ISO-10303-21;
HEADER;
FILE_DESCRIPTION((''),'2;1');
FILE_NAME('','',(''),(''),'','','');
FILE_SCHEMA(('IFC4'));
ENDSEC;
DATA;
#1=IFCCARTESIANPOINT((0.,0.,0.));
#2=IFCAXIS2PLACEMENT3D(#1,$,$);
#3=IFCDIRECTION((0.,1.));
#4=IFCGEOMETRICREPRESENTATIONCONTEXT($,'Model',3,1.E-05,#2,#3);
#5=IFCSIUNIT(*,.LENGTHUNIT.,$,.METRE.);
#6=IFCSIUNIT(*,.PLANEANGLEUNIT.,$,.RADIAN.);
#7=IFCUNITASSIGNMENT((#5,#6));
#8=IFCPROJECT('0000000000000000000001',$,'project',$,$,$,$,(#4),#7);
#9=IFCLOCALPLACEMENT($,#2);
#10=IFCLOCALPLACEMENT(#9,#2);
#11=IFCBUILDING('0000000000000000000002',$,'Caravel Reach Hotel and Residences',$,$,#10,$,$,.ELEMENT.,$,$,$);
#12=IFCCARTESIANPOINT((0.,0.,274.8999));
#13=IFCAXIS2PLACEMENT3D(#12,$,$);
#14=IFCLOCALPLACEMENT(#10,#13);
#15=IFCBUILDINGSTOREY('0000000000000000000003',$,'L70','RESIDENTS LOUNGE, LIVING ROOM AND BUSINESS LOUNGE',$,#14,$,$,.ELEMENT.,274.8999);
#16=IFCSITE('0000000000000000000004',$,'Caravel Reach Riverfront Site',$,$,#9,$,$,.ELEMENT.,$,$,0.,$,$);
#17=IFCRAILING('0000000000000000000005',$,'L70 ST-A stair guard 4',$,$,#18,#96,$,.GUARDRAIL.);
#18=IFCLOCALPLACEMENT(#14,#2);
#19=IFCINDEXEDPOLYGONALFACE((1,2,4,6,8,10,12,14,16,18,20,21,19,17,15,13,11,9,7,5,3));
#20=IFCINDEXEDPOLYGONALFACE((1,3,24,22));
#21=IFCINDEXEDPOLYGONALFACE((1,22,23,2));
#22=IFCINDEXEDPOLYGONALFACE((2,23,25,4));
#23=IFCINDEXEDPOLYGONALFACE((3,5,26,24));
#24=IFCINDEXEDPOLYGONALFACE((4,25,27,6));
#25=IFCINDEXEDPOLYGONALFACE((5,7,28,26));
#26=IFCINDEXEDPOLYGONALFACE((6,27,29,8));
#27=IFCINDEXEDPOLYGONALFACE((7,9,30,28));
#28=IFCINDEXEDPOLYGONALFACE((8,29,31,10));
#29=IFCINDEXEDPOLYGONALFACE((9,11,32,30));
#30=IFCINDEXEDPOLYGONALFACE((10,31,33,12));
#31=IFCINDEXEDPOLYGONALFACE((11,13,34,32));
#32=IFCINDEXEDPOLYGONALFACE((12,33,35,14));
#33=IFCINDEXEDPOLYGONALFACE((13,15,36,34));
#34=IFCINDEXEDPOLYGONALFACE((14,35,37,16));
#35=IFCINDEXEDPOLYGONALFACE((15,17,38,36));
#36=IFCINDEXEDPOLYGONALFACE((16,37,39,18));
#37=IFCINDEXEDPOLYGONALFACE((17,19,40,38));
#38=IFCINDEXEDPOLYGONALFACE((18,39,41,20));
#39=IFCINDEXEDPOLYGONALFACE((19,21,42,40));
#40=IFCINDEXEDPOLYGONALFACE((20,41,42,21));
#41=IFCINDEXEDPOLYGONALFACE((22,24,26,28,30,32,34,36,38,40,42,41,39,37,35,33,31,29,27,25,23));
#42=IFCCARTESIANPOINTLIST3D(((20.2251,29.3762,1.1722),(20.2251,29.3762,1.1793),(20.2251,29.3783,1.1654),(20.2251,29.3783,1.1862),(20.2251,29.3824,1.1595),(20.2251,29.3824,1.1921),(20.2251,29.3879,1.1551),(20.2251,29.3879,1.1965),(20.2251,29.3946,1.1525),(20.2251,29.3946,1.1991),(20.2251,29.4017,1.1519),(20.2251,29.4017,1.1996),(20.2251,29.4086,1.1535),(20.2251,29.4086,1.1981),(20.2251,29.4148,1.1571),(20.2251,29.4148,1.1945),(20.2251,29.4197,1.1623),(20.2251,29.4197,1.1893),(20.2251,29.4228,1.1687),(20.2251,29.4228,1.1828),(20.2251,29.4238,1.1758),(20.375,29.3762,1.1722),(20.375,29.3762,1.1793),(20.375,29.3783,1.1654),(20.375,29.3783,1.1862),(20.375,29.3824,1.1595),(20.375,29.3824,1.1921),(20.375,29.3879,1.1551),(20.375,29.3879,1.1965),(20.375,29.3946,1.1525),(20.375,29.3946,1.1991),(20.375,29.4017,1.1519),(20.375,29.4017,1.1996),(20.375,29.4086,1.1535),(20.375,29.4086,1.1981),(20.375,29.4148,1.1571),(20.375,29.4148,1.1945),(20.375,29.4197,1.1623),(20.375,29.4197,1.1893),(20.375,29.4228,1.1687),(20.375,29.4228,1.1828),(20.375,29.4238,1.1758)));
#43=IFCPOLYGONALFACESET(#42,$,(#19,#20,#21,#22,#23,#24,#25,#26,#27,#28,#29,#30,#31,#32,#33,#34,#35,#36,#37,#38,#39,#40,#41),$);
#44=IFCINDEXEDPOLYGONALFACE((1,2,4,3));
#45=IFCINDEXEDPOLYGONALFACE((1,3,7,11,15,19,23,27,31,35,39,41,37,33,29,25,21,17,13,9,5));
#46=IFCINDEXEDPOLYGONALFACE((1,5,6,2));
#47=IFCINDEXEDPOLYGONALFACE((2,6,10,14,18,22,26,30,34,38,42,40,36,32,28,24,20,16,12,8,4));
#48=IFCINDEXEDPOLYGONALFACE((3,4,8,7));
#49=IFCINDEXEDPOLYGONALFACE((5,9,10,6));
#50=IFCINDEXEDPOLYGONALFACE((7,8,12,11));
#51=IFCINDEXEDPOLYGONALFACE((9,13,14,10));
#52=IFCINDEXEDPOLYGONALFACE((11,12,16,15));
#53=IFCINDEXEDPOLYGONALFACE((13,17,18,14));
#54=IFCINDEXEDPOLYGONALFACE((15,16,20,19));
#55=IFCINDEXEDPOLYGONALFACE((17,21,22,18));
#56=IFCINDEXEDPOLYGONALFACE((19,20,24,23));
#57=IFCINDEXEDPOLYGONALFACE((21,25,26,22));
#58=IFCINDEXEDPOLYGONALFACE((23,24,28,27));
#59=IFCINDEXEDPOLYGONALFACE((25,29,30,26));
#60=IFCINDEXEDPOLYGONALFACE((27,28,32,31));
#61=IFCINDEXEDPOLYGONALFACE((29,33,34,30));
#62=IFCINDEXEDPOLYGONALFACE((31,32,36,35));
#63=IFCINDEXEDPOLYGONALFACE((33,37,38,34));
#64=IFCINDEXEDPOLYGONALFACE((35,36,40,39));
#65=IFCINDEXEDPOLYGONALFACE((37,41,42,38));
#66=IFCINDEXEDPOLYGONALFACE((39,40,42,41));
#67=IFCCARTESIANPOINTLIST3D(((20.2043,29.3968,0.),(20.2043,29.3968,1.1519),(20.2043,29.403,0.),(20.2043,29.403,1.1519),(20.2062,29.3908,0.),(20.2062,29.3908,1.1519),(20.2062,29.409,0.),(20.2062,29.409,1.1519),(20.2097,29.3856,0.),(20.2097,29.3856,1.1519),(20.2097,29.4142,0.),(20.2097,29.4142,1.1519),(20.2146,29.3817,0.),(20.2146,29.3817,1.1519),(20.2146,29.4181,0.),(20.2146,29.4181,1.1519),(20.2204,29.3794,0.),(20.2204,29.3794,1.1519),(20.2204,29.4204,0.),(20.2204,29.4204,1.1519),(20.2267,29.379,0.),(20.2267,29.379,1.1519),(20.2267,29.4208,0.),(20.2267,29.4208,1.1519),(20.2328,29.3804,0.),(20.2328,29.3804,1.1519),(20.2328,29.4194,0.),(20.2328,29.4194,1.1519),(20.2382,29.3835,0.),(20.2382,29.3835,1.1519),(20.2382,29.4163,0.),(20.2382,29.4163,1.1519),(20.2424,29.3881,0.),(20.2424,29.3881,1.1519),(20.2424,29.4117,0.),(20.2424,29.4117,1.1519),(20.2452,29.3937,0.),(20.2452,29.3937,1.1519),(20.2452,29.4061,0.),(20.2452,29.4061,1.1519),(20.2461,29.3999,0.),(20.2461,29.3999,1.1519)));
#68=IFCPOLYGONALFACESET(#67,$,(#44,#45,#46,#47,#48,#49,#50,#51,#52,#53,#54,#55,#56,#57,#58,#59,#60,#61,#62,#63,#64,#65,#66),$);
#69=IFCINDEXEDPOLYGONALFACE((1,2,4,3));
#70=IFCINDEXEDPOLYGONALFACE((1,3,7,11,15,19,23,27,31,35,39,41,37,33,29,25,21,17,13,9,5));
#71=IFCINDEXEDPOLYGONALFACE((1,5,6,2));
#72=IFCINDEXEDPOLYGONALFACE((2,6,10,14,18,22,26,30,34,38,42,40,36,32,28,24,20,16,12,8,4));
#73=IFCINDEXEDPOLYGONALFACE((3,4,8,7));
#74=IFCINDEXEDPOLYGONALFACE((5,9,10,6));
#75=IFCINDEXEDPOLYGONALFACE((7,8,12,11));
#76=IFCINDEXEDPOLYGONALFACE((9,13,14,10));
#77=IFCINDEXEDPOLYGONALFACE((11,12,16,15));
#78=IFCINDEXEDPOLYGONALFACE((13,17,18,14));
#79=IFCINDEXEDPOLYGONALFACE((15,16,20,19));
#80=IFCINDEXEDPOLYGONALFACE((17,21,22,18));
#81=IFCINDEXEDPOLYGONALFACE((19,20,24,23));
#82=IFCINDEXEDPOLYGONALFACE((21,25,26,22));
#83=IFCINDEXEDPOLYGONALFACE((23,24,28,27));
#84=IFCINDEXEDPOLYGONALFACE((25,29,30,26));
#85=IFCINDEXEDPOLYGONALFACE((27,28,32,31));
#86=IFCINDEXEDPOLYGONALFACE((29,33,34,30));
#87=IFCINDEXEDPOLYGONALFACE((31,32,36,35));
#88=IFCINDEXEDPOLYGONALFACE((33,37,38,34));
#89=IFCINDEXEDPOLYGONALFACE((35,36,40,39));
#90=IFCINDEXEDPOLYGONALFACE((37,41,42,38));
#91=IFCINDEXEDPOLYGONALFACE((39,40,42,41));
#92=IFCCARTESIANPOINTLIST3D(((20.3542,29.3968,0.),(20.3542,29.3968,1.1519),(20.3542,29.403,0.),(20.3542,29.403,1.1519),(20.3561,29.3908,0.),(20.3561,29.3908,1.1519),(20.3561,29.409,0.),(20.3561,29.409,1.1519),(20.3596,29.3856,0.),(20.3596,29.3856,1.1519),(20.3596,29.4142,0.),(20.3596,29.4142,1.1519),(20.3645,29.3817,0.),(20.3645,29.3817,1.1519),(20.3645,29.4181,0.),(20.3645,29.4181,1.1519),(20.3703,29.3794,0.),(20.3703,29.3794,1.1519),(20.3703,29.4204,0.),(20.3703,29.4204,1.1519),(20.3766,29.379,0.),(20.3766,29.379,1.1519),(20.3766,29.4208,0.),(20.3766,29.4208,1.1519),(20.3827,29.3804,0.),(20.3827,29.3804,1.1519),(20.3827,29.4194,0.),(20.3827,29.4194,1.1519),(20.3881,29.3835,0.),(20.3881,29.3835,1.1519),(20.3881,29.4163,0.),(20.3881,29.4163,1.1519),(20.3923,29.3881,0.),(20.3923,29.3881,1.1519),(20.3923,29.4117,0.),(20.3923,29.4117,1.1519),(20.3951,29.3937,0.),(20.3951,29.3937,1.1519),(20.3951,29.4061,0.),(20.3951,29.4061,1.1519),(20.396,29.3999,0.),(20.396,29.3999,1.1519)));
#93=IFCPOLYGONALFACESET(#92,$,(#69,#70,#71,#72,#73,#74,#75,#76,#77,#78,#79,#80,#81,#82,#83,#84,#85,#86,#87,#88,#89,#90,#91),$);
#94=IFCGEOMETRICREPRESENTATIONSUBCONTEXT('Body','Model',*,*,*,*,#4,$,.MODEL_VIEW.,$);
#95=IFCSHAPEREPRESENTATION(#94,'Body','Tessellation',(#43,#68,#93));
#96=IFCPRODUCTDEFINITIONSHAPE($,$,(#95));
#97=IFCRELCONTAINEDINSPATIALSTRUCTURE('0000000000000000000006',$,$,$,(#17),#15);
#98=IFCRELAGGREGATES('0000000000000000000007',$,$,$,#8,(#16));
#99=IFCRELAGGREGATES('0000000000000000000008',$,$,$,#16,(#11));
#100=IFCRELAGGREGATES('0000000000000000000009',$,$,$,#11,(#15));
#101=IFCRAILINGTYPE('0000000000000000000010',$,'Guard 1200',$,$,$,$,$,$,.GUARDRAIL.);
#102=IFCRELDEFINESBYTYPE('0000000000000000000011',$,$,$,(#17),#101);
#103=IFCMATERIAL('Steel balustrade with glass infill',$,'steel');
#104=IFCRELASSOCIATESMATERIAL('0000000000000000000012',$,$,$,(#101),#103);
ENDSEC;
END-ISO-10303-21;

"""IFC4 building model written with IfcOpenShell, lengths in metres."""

from ifc_helpers import new_model, si_unit, direction, frame, origin, origin_2d, place, context, subcontext, project, spatial, circle, extrude, material, type_object, element, save


model = new_model("IFC4")

# Units and contexts
model_context = context("Model", 3, precision=1e-05, world=origin(), true_north=direction((0.0, 1.0)))
body_context = subcontext(model_context, "Body", "Model", "MODEL_VIEW")
ifc_project = project(units=[si_unit("LENGTHUNIT", "METRE"), si_unit("PLANEANGLEUNIT", "RADIAN")], contexts=[model_context])

# Site, building, storey
site_placement = place(None, origin())
site = spatial("IfcSite", under=ifc_project, at=site_placement, Name="Caravel Reach Riverfront Site", CompositionType="ELEMENT", RefElevation=0.0)
building_placement = place(site_placement, origin())
building = spatial("IfcBuilding", under=site, at=building_placement, Name="Caravel Reach Hotel and Residences", CompositionType="ELEMENT")
storey_placement = place(building_placement, frame((0.0, 0.0, 274.8999)))
storey = spatial("IfcBuildingStorey", under=building, at=storey_placement, Name="L70", Description="RESIDENTS LOUNGE, LIVING ROOM AND BUSINESS LOUNGE", CompositionType="ELEMENT", Elevation=274.8999)

# Railing
ifc_material_1 = material(Name="Steel balustrade with glass infill", Category="steel")
railing_type_1 = type_object("IfcRailingType", Name="Guard 1200", PredefinedType="GUARDRAIL", material=ifc_material_1)
railing_1_placement = place(storey_placement, frame((20.2251, 29.3999, 0.0)))
element("IfcRailing", 1, at=railing_1_placement, inside=storey, type_object=railing_type_1, Name="L70 ST-A stair guard 4", PredefinedType="GUARDRAIL", context=body_context, shape_type="SweptSolid", body=[
    extrude(circle(Radius=0.0239, at=origin_2d()), frame((0.0, 0.0, 1.1758), z_axis=(1.0, 0.0, 0.0), x_axis=(0.0, 1.0, 0.0)), (0.0, 0.0, 1.0), 0.1499),
    extrude(circle(Radius=0.021, at=origin_2d()), origin(), (0.0, 0.0, 1.0), 1.1519),
    extrude(circle(Radius=0.021, at=origin_2d()), frame((0.1499, 0.0, 0.0)), (0.0, 0.0, 1.0), 1.1519),
])

save(model, "model.ifc")
